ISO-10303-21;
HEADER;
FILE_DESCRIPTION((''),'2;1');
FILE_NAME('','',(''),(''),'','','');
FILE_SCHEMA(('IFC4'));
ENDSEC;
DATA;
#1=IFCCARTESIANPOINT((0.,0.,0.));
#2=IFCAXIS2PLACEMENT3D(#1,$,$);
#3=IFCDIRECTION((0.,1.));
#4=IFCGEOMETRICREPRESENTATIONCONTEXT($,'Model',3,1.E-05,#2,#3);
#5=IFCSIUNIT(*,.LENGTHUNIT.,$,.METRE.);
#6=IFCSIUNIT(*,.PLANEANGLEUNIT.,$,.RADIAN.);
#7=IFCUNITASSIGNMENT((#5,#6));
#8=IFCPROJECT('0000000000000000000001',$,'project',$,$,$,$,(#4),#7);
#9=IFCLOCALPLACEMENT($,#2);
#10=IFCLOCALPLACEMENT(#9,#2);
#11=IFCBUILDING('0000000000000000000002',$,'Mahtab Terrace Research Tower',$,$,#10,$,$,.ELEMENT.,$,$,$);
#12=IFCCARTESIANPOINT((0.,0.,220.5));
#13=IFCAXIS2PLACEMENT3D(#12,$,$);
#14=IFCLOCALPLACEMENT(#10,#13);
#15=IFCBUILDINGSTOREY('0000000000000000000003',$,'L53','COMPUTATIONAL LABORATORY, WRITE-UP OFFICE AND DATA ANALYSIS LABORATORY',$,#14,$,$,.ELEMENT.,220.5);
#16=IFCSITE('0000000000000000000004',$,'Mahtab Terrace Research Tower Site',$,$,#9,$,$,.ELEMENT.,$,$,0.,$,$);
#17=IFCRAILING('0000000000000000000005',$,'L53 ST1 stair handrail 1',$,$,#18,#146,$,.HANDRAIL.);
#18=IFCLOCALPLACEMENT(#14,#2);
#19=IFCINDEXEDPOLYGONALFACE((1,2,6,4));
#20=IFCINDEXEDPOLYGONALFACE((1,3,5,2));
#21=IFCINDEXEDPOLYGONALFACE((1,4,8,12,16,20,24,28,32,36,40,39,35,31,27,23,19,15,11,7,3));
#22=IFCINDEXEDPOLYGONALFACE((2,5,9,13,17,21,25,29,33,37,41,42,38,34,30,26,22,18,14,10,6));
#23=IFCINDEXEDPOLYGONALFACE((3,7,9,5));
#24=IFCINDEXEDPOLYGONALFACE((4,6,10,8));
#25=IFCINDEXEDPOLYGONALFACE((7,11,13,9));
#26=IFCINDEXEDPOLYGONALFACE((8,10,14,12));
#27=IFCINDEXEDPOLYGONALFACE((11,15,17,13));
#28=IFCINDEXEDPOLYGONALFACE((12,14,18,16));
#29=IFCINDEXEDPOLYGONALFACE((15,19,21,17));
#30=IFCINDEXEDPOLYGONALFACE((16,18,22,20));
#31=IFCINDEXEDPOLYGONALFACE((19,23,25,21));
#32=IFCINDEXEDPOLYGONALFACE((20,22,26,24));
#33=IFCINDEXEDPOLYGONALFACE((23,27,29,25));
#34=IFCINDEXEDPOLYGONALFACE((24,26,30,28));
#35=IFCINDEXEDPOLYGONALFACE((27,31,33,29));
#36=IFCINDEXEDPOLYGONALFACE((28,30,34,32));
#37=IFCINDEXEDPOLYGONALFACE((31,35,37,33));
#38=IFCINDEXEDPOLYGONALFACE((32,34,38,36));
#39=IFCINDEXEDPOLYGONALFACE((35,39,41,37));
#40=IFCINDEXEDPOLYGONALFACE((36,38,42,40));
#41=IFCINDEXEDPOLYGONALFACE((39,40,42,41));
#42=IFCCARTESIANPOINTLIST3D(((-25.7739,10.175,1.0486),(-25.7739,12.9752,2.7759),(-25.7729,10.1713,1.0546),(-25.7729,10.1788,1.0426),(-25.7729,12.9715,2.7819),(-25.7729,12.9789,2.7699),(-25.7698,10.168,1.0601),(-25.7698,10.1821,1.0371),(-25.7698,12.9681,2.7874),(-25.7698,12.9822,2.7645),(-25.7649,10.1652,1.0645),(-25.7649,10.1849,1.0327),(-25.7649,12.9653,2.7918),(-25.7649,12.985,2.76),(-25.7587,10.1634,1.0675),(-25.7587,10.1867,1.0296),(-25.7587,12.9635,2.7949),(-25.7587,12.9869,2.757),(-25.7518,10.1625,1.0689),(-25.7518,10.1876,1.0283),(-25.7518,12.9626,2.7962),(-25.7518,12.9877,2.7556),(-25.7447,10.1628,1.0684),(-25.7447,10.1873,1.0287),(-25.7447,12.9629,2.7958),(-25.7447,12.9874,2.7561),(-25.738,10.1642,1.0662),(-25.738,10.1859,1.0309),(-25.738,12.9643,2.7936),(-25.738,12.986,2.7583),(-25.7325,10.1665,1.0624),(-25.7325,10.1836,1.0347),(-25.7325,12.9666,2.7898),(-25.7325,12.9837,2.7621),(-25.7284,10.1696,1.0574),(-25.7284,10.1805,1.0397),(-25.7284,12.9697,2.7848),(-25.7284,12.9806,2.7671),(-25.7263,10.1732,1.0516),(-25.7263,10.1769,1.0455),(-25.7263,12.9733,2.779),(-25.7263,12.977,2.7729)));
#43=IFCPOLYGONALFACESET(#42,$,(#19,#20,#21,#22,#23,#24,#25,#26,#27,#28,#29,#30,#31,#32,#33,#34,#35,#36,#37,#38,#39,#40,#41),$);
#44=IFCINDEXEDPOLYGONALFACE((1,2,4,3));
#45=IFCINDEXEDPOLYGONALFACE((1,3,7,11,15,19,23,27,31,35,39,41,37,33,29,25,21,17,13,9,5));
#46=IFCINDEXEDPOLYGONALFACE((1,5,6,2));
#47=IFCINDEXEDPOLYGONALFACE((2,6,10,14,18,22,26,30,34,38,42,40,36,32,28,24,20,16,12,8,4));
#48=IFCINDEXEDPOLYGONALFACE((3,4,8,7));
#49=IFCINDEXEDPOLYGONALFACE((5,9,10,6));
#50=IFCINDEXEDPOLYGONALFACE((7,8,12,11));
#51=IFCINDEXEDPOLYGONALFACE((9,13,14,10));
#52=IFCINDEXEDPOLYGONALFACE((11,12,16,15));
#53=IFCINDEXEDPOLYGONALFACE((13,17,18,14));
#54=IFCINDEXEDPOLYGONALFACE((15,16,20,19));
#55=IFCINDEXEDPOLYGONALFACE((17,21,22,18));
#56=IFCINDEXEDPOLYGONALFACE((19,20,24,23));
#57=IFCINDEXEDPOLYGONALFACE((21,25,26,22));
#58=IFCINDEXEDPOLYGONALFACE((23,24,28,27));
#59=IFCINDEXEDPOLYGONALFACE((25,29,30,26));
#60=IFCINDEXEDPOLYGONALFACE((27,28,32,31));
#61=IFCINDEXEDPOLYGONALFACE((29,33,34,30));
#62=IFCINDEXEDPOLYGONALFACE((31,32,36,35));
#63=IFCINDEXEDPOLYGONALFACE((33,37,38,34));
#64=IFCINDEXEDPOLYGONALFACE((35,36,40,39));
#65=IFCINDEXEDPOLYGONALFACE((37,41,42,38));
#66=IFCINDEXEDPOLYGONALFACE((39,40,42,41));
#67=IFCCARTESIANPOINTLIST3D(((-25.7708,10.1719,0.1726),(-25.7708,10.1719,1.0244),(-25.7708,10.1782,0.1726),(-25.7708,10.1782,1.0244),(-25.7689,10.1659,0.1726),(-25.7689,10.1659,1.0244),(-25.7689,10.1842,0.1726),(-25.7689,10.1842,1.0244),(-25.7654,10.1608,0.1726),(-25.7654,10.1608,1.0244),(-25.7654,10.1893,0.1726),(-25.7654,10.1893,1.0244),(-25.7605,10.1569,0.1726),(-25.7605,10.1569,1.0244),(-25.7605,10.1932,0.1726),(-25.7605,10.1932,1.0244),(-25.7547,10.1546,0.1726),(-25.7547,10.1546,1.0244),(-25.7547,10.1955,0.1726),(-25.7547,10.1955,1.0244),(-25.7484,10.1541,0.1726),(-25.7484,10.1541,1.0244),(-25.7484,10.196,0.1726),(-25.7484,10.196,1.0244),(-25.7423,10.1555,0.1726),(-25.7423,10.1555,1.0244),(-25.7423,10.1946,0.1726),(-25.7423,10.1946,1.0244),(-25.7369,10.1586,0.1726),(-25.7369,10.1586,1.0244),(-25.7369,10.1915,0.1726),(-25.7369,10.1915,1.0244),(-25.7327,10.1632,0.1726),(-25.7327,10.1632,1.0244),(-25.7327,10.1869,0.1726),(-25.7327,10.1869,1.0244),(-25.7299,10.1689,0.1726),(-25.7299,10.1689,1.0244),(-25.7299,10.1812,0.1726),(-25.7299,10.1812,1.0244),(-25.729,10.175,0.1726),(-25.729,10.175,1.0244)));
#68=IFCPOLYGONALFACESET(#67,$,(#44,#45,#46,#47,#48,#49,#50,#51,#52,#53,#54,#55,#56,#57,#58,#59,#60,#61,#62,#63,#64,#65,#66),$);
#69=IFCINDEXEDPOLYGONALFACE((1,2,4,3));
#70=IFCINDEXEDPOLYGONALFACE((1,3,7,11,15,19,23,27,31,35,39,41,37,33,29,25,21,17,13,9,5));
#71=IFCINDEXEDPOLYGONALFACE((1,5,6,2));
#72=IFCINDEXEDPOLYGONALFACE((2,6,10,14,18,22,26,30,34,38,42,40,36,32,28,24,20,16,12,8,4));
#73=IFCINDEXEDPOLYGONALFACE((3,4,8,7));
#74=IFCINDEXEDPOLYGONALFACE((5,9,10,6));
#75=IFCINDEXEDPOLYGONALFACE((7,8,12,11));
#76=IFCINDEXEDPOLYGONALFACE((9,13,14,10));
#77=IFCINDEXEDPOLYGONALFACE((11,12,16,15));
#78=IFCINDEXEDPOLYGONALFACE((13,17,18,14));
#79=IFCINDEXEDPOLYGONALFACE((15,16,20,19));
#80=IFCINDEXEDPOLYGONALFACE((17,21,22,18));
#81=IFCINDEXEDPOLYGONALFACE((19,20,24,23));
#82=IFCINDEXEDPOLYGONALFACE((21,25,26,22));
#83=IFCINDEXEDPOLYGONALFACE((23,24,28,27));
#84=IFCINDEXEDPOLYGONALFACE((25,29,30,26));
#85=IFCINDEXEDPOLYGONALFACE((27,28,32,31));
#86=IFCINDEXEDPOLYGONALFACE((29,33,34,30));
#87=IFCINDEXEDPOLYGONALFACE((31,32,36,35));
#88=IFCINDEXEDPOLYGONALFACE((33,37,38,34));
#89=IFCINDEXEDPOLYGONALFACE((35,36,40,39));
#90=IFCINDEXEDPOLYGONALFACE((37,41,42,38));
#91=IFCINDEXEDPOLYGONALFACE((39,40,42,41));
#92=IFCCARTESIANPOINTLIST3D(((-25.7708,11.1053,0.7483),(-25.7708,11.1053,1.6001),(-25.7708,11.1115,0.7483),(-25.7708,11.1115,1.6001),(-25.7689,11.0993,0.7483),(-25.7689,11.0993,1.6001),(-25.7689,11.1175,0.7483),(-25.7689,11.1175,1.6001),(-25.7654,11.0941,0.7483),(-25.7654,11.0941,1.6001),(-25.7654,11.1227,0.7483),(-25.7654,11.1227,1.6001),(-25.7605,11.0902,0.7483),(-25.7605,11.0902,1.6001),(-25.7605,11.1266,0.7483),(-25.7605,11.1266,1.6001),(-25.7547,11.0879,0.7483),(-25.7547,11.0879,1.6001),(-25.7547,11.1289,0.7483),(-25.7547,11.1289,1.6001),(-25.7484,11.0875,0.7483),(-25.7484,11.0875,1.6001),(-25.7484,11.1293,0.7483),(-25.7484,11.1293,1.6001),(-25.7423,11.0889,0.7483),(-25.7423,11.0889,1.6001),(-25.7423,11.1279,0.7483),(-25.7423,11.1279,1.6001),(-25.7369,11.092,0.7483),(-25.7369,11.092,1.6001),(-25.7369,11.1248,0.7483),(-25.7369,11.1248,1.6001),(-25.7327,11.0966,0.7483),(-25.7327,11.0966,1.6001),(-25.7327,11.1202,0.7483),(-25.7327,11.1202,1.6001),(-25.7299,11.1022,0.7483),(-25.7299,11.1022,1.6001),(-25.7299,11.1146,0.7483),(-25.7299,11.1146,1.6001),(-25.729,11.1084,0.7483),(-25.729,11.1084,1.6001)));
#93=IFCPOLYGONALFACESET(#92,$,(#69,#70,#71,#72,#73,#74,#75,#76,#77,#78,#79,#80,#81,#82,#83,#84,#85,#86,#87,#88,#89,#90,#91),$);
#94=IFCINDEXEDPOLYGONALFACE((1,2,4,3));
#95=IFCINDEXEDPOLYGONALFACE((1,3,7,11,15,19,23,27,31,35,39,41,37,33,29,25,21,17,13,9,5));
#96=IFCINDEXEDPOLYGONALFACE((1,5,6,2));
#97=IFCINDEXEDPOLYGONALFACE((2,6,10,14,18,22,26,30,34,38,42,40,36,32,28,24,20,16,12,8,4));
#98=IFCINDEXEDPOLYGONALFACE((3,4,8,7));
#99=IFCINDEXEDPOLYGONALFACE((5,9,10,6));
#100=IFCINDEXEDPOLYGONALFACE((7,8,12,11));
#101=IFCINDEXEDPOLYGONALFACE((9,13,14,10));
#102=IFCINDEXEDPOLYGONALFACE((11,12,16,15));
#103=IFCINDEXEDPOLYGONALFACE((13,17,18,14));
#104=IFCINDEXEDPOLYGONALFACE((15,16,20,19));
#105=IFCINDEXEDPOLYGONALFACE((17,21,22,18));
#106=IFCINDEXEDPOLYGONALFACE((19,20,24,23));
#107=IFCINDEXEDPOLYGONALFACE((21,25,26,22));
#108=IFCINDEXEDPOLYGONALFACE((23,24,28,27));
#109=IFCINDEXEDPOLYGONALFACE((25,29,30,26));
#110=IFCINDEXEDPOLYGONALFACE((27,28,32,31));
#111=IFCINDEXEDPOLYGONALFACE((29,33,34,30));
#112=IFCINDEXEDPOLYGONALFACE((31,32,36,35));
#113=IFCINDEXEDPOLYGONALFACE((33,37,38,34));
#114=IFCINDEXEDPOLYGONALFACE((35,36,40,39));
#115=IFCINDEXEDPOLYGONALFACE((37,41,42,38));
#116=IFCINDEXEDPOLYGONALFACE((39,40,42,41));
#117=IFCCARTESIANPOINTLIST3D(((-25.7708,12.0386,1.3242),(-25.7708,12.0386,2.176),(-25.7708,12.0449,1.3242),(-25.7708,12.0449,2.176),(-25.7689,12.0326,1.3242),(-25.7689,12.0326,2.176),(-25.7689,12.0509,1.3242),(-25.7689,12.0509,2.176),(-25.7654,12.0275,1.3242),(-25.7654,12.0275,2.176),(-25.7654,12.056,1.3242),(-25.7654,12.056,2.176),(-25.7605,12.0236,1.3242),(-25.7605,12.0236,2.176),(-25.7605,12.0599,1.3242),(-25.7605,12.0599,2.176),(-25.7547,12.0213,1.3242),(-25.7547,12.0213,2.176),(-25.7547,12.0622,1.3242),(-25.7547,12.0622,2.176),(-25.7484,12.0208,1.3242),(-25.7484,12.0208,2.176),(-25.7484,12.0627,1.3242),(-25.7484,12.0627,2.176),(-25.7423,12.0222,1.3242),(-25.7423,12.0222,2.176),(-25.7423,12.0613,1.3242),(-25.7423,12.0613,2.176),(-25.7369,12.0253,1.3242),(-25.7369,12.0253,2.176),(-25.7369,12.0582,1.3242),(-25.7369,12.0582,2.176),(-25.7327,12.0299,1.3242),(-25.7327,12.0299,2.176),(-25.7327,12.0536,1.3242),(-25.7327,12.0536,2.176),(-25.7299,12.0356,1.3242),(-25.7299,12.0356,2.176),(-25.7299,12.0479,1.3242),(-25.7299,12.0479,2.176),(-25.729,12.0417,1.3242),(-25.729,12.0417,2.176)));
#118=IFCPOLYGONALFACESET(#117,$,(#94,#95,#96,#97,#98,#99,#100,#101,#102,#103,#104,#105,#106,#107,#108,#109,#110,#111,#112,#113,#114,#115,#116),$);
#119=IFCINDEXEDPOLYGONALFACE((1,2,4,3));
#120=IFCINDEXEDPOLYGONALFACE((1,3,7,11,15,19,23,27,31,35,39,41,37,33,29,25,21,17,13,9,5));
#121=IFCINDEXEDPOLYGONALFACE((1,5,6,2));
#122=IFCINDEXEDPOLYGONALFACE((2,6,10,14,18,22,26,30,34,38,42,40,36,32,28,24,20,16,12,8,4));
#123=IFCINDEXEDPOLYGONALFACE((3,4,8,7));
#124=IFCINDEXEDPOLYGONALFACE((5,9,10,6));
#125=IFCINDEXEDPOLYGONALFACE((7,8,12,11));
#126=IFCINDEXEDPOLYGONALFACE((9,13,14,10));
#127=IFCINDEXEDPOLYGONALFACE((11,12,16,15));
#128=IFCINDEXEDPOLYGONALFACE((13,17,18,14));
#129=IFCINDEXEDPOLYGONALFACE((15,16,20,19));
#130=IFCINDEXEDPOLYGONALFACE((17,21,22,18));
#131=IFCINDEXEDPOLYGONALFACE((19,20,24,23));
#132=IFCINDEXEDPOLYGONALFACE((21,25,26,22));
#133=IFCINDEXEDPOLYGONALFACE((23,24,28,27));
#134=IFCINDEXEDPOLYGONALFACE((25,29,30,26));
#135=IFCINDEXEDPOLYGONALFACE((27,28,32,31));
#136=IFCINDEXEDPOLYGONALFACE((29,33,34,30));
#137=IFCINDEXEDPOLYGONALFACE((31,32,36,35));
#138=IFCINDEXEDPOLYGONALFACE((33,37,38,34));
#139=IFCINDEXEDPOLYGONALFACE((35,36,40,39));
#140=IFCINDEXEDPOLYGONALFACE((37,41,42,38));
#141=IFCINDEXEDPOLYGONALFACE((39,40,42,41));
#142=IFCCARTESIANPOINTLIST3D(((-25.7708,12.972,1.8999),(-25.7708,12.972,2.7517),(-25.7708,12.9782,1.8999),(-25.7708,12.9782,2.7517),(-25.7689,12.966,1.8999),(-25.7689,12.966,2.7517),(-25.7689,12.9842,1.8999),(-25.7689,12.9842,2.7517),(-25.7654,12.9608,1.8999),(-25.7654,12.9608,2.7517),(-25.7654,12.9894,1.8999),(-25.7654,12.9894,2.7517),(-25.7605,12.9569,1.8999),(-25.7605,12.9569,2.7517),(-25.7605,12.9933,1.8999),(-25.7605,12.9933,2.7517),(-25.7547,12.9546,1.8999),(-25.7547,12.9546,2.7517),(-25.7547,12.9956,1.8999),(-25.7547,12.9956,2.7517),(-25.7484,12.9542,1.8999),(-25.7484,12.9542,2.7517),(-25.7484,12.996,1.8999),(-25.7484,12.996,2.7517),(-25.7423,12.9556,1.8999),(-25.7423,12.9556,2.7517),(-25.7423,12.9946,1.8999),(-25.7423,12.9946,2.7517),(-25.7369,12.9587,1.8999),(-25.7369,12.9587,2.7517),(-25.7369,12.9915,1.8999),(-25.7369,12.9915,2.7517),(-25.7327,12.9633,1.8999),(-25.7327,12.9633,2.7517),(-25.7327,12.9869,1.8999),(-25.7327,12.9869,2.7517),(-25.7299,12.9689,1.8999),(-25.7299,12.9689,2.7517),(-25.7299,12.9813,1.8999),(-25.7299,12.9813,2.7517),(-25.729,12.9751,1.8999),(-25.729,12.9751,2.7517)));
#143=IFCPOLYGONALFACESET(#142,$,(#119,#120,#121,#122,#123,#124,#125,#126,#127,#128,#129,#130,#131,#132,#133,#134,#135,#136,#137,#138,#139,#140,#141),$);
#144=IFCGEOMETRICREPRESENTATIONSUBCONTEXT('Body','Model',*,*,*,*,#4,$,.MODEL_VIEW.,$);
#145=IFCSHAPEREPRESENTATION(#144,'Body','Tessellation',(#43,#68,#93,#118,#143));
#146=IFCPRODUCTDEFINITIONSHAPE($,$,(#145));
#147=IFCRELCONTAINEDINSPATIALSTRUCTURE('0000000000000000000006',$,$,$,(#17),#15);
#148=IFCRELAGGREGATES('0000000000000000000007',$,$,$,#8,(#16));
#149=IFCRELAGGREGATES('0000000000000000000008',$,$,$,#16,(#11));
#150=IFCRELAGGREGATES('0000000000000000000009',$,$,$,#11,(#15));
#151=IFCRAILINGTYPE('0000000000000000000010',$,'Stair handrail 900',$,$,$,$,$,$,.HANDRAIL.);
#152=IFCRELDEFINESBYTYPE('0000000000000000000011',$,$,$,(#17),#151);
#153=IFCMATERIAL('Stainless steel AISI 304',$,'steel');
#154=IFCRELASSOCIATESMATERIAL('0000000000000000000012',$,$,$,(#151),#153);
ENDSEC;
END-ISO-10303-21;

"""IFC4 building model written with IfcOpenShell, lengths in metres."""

from ifc_helpers import new_model, si_unit, direction, frame, origin, origin_2d, place, context, subcontext, project, spatial, circle, extrude, material, type_object, element, save


model = new_model("IFC4")

# Units and contexts
model_context = context("Model", 3, precision=1e-05, world=origin(), true_north=direction((0.0, 1.0)))
body_context = subcontext(model_context, "Body", "Model", "MODEL_VIEW")
ifc_project = project(units=[si_unit("LENGTHUNIT", "METRE"), si_unit("PLANEANGLEUNIT", "RADIAN")], contexts=[model_context])

# Site, building, storey
site_placement = place(None, origin())
site = spatial("IfcSite", under=ifc_project, at=site_placement, Name="Mahtab Terrace Research Tower Site", CompositionType="ELEMENT", RefElevation=0.0)
building_placement = place(site_placement, origin())
building = spatial("IfcBuilding", under=site, at=building_placement, Name="Mahtab Terrace Research Tower", CompositionType="ELEMENT")
storey_placement = place(building_placement, frame((0.0, 0.0, 220.5)))
storey = spatial("IfcBuildingStorey", under=building, at=storey_placement, Name="L53", Description="COMPUTATIONAL LABORATORY, WRITE-UP OFFICE AND DATA ANALYSIS LABORATORY", CompositionType="ELEMENT", Elevation=220.5)

# Railing
ifc_material_1 = material(Name="Stainless steel AISI 304", Category="steel")
railing_type_1 = type_object("IfcRailingType", Name="Stair handrail 900", PredefinedType="HANDRAIL", material=ifc_material_1)
railing_1_placement = place(storey_placement, frame((-25.75, 10.175, 0.1726)))
element("IfcRailing", 1, at=railing_1_placement, inside=storey, type_object=railing_type_1, Name="L53 ST1 stair handrail 1", PredefinedType="HANDRAIL", context=body_context, shape_type="SweptSolid", body=[
    extrude(circle(Radius=0.0239, at=origin_2d()), frame((0.0, 0.0, 0.876), z_axis=(0.0, 0.85109, 0.52502), x_axis=(-1.0, 0.0, 0.0)), (0.0, 0.0, 1.0), 3.29),
    extrude(circle(Radius=0.021, at=origin_2d()), origin(), (0.0, 0.0, 1.0), 0.8518),
    extrude(circle(Radius=0.021, at=origin_2d()), frame((0.0, 0.9333, 0.5757)), (0.0, 0.0, 1.0), 0.8518),
    extrude(circle(Radius=0.021, at=origin_2d()), frame((0.0, 1.8667, 1.1516)), (0.0, 0.0, 1.0), 0.8518),
    extrude(circle(Radius=0.021, at=origin_2d()), frame((0.0, 2.8, 1.7273)), (0.0, 0.0, 1.0), 0.8518),
])

save(model, "model.ifc")
